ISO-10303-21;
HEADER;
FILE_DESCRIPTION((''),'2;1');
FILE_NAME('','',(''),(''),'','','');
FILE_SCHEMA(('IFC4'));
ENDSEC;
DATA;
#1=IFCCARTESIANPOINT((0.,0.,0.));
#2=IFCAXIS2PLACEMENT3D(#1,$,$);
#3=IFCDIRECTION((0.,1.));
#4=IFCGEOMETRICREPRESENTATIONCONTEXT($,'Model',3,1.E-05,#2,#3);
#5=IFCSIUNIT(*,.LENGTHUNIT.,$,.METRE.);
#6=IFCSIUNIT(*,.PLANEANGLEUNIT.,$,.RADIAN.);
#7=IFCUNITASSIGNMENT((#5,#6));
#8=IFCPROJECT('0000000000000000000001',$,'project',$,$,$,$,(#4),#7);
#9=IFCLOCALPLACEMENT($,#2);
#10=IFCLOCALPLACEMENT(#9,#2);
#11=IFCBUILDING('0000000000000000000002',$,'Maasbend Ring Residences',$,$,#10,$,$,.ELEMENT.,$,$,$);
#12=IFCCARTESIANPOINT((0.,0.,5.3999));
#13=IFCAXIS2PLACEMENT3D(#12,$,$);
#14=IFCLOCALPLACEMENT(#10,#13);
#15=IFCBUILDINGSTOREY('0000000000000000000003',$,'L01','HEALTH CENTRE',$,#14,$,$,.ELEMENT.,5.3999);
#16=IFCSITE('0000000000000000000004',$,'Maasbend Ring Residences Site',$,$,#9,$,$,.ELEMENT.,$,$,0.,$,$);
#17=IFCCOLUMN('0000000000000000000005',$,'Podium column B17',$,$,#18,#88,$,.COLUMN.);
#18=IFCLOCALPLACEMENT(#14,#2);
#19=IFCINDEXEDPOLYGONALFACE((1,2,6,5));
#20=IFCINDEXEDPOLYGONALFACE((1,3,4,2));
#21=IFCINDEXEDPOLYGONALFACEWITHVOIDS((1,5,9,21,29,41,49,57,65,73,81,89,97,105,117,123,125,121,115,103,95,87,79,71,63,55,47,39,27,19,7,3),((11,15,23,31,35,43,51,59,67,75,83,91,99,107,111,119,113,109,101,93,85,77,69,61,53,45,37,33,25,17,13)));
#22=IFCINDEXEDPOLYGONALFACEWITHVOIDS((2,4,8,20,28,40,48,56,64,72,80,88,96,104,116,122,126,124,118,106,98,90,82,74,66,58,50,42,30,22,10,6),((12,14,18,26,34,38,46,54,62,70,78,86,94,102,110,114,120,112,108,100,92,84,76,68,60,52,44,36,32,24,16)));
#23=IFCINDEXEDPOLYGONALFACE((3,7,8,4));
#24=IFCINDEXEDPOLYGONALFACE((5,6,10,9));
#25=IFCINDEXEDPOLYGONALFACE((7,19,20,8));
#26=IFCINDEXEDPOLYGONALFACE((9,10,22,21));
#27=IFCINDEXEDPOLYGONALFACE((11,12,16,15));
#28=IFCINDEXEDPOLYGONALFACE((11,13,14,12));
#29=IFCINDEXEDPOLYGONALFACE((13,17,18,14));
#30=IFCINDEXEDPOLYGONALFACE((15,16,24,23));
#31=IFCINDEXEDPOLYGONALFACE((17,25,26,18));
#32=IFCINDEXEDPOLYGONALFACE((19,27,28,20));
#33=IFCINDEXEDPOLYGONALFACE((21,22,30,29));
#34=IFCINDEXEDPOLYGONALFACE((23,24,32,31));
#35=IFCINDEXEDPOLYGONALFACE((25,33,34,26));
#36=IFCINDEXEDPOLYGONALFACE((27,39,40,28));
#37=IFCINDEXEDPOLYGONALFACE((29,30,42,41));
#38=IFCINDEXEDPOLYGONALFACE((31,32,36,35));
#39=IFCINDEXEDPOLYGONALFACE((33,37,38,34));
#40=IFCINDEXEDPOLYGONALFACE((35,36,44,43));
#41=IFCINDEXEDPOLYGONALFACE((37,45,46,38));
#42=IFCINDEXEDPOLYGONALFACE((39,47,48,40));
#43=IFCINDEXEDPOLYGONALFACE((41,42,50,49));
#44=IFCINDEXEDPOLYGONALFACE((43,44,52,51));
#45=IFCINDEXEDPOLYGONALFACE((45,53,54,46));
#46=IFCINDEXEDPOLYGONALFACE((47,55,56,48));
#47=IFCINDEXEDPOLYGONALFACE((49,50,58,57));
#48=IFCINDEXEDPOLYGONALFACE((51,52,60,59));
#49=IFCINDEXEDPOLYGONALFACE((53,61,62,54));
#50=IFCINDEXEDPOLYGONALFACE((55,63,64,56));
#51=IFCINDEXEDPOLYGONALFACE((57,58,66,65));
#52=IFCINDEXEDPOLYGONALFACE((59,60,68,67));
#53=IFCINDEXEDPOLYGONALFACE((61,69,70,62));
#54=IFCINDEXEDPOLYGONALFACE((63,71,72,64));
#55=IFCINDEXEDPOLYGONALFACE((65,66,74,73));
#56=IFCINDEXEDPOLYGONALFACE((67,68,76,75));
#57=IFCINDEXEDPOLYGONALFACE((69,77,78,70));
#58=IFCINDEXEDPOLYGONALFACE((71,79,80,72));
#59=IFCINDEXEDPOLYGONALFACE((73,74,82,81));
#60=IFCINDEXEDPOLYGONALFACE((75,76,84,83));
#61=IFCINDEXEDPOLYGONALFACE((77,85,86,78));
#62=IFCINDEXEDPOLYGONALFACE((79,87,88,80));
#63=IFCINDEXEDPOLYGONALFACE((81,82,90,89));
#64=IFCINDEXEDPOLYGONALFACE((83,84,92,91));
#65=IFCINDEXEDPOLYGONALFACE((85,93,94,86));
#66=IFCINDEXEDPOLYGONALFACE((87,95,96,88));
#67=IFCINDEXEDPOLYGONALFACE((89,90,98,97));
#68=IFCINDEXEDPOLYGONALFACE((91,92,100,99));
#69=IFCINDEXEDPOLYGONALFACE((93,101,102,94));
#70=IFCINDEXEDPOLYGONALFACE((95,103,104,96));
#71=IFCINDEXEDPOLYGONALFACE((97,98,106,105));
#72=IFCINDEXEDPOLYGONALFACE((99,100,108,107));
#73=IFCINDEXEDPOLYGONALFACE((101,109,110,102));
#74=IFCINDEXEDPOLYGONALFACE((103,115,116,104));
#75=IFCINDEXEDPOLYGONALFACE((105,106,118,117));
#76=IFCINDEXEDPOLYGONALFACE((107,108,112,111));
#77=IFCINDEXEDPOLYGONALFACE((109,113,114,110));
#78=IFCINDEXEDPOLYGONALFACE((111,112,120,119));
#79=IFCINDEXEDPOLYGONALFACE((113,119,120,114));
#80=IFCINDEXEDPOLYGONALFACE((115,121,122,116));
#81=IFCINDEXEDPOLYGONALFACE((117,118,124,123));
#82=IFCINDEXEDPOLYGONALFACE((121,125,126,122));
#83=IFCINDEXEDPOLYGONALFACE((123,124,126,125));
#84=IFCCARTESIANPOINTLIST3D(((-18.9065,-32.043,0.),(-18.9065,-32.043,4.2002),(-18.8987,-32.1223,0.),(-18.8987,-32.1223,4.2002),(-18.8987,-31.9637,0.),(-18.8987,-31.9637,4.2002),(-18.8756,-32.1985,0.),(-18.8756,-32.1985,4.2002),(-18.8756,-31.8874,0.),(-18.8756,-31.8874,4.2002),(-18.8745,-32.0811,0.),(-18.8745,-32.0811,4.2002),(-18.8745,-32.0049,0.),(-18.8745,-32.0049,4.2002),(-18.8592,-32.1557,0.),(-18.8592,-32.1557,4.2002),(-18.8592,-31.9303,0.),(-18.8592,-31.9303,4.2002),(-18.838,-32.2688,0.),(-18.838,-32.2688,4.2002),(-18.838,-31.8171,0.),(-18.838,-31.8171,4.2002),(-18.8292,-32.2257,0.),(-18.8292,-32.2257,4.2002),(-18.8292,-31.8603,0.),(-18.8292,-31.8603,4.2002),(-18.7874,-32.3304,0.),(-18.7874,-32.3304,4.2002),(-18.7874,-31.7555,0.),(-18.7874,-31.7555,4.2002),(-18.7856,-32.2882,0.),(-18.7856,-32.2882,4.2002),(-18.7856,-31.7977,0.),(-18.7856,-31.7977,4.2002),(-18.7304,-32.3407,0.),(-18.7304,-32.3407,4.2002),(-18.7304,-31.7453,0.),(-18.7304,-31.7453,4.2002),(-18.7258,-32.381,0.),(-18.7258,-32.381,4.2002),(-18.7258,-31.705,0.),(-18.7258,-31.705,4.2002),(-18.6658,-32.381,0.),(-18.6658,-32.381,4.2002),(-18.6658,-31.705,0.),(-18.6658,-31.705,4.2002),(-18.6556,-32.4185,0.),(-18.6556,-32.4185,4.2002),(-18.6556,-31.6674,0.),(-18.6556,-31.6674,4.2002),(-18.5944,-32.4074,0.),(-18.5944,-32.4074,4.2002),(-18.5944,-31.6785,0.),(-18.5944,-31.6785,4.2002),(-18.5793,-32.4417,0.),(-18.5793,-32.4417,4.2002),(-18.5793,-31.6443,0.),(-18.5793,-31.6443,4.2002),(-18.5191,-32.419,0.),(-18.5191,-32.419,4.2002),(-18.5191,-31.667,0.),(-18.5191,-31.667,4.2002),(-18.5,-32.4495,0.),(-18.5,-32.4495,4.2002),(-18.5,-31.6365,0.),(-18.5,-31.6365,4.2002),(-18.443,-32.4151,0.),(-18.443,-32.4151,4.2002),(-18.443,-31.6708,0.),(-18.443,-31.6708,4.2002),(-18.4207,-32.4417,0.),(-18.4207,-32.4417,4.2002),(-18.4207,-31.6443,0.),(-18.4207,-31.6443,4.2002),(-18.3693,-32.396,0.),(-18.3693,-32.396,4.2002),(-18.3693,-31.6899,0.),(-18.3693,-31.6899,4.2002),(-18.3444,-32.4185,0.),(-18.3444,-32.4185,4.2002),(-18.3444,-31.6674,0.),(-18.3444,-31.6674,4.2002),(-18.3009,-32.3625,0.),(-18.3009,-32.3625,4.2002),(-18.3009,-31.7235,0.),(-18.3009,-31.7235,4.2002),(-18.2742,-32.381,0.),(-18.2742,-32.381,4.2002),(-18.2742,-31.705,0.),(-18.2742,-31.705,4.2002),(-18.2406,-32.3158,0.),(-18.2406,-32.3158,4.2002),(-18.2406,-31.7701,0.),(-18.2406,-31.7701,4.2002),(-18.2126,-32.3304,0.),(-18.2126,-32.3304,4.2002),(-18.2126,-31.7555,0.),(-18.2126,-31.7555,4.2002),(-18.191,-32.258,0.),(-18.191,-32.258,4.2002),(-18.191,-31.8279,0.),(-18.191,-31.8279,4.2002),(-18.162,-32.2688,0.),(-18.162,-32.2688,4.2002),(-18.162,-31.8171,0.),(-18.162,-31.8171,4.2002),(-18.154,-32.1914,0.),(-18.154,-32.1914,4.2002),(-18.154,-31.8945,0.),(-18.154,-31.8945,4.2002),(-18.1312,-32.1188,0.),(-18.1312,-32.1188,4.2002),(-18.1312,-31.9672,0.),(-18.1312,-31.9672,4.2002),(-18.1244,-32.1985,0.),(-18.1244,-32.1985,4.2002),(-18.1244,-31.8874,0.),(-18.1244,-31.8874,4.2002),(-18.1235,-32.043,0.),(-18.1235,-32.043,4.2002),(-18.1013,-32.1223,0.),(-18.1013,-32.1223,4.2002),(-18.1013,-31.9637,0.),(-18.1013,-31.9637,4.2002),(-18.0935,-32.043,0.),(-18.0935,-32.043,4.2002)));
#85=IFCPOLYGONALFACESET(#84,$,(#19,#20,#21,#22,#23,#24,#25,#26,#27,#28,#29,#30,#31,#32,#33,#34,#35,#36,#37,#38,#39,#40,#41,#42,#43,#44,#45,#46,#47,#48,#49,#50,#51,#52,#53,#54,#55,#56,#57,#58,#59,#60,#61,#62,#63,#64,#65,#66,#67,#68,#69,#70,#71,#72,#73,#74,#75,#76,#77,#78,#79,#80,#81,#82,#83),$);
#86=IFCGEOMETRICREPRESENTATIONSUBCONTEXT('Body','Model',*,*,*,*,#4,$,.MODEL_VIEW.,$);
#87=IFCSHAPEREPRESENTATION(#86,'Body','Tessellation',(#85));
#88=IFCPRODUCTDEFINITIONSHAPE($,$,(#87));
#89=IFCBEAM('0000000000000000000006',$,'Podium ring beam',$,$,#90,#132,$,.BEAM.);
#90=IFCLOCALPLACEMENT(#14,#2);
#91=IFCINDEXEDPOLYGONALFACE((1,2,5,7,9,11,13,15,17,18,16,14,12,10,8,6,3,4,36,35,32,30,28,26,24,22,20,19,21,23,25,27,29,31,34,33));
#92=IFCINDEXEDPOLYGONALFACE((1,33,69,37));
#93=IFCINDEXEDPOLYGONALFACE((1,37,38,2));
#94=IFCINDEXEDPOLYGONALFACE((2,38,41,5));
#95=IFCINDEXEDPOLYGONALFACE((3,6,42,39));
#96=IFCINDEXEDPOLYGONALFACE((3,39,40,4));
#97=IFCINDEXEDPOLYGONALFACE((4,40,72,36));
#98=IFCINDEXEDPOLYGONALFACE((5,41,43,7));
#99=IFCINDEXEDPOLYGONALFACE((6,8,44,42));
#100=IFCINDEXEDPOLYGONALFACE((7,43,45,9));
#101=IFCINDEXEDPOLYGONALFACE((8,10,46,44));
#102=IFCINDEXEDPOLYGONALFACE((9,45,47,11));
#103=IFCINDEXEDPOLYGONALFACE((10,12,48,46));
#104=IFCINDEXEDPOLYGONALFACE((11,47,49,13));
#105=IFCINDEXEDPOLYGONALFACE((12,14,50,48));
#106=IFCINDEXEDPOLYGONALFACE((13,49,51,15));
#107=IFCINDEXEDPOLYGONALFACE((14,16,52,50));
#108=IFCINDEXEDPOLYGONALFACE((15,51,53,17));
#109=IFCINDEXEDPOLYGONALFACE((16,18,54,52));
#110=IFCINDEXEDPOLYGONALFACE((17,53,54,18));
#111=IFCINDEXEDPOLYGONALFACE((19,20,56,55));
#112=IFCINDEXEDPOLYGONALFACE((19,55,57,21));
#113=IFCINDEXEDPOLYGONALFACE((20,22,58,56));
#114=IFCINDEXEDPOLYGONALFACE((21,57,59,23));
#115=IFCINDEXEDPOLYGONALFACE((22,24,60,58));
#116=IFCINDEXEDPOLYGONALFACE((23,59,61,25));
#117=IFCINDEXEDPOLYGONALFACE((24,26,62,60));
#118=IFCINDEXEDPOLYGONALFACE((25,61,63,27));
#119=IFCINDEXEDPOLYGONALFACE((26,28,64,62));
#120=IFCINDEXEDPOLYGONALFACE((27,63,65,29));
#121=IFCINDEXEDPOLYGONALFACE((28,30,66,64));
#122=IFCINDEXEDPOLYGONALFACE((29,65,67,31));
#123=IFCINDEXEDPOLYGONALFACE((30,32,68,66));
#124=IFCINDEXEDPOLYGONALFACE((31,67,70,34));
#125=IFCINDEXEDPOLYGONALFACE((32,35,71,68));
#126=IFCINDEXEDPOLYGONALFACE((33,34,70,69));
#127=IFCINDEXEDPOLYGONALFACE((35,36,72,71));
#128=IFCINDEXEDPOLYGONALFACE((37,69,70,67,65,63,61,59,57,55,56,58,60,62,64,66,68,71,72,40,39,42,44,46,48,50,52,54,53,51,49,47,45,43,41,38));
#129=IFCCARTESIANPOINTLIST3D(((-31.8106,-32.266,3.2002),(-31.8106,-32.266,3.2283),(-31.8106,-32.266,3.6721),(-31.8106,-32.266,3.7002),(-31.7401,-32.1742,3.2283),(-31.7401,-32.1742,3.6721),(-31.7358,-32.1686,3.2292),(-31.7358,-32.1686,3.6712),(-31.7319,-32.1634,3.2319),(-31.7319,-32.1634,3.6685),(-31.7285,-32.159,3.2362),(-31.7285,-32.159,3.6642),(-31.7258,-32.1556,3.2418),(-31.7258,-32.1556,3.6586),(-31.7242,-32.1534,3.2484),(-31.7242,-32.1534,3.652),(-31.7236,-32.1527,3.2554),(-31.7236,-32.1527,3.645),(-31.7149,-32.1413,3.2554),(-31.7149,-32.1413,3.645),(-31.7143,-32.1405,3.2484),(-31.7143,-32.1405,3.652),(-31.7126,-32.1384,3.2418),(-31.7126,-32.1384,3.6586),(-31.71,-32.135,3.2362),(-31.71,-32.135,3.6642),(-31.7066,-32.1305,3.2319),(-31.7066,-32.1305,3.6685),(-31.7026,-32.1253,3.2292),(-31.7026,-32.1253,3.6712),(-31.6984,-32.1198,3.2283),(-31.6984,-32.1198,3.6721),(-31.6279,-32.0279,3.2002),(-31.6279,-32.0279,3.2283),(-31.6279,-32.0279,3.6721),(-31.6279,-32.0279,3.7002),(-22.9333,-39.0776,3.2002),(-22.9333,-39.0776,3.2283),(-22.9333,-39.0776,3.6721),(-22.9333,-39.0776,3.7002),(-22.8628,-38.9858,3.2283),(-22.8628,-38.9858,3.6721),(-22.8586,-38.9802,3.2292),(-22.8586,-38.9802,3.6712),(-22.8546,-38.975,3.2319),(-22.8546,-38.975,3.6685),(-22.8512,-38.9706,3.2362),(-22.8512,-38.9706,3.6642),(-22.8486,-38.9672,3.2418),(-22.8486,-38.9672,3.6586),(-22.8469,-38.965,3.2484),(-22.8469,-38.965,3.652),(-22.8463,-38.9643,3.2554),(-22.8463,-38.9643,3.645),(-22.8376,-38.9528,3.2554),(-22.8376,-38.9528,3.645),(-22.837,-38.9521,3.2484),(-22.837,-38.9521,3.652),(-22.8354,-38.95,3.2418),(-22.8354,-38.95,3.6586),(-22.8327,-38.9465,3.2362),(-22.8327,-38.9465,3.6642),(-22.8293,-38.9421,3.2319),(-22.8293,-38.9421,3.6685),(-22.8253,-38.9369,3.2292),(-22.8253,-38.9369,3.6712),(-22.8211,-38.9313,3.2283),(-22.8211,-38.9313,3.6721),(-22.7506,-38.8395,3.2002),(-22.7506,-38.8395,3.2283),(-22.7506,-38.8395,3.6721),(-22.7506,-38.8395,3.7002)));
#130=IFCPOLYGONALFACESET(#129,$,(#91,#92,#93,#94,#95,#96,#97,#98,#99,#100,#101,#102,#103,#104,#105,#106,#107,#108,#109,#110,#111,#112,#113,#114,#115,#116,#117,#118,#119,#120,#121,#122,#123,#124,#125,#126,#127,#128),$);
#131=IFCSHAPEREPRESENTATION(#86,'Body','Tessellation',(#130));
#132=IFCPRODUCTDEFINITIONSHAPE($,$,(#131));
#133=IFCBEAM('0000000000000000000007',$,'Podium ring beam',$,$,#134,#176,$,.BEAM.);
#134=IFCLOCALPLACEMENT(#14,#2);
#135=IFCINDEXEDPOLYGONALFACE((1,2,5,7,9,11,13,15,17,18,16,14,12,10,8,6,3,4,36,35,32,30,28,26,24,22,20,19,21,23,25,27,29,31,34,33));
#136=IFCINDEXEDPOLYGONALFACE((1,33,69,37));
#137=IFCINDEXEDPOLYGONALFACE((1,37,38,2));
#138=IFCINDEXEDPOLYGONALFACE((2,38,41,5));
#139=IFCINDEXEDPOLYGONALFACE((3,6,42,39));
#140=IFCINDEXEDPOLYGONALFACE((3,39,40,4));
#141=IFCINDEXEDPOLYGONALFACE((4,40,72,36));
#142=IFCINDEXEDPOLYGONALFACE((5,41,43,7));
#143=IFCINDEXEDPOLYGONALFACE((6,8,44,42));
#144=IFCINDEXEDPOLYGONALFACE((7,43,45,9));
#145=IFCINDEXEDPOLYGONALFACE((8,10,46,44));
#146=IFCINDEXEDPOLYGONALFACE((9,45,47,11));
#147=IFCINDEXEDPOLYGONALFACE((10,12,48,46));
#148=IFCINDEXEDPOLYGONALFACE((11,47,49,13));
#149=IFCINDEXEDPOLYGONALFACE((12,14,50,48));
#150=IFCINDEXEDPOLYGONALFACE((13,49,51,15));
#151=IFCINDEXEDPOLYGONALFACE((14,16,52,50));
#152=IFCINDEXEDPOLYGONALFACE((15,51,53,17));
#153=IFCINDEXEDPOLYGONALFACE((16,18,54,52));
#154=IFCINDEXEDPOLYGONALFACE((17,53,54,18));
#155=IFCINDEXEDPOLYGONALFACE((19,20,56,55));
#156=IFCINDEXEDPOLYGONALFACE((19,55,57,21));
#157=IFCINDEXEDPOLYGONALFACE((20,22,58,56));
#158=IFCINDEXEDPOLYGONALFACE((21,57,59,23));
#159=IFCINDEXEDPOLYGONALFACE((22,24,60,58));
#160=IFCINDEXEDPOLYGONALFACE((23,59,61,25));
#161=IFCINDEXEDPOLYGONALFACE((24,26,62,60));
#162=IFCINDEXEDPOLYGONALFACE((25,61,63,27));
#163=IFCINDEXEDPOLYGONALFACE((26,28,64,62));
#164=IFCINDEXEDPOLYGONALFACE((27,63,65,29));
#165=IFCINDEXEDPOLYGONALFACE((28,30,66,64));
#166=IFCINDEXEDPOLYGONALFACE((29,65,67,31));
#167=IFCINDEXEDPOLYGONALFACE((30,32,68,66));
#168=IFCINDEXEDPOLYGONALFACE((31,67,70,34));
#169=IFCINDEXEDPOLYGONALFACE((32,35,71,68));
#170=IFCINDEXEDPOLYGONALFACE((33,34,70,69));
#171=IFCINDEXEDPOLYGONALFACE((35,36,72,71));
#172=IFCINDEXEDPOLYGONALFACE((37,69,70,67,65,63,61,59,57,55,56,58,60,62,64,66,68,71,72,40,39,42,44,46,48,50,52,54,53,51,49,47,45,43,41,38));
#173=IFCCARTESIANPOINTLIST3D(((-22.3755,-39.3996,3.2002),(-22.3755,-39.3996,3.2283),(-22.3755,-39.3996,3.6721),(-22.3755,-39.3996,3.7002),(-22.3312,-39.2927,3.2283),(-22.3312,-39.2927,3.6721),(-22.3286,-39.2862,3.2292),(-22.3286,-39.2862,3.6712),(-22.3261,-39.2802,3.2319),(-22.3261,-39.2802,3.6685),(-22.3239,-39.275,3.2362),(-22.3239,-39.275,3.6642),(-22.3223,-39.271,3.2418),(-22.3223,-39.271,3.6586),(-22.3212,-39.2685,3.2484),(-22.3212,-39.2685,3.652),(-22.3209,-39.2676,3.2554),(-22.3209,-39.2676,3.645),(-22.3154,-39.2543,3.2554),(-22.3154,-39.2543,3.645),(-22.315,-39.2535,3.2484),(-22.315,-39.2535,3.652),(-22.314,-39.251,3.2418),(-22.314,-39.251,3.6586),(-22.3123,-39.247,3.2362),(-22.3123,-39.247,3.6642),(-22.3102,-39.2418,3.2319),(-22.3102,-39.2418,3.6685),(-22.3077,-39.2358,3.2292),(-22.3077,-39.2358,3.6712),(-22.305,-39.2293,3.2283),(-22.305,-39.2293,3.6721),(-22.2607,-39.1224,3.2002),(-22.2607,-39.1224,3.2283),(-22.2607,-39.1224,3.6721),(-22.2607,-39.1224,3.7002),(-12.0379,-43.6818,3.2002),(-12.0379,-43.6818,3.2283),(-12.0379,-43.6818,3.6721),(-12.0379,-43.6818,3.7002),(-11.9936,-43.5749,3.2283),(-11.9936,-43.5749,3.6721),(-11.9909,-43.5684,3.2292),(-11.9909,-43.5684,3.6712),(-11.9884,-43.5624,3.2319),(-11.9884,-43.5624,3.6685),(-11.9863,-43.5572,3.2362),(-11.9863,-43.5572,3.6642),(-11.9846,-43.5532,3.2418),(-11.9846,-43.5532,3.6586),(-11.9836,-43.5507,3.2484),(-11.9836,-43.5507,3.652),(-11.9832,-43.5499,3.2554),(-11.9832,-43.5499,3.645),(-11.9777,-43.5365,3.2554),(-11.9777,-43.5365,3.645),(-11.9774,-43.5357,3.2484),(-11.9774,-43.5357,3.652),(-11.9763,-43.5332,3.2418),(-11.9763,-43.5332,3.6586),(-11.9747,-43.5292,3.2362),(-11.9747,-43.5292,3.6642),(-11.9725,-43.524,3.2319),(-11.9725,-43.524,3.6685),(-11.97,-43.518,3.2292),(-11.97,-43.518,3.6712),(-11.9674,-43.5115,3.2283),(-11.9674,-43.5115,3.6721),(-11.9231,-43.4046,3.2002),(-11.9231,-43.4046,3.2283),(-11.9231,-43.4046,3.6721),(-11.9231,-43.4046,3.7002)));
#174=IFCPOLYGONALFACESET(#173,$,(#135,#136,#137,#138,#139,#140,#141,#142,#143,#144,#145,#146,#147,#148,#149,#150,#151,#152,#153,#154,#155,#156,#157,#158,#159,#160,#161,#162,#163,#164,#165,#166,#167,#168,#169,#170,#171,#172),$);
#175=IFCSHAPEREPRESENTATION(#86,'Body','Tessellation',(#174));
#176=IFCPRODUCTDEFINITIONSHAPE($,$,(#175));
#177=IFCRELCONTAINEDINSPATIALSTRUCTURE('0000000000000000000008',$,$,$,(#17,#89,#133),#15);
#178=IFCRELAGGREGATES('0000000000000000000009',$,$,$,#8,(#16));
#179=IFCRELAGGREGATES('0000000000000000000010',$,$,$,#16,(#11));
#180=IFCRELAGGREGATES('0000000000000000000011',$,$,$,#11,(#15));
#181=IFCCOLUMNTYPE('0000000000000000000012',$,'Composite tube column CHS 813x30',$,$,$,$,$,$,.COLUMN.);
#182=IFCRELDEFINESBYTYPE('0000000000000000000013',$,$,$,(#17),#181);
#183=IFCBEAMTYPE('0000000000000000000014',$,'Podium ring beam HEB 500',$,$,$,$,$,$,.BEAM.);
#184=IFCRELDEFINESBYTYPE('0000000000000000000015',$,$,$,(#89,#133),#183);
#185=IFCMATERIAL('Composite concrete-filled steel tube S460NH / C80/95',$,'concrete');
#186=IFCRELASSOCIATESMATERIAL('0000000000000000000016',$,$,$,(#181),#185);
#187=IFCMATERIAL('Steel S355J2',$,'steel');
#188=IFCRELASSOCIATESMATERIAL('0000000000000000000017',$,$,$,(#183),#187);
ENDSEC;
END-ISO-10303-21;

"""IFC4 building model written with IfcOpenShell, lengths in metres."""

from ifc_helpers import new_model, si_unit, direction, frame, origin, origin_2d, place, context, subcontext, project, spatial, hollow_circle, i_section, extrude, material, material_profile, profile_set, type_object, element, save


model = new_model("IFC4")

# Units and contexts
model_context = context("Model", 3, precision=1e-05, world=origin(), true_north=direction((0.0, 1.0)))
body_context = subcontext(model_context, "Body", "Model", "MODEL_VIEW")
ifc_project = project(units=[si_unit("LENGTHUNIT", "METRE"), si_unit("PLANEANGLEUNIT", "RADIAN")], contexts=[model_context])

# Site, building, storey
site_placement = place(None, origin())
site = spatial("IfcSite", under=ifc_project, at=site_placement, Name="Maasbend Ring Residences Site", CompositionType="ELEMENT", RefElevation=0.0)
building_placement = place(site_placement, origin())
building = spatial("IfcBuilding", under=site, at=building_placement, Name="Maasbend Ring Residences", CompositionType="ELEMENT")
storey_placement = place(building_placement, frame((0.0, 0.0, 5.3999)))
storey = spatial("IfcBuildingStorey", under=building, at=storey_placement, Name="L01", Description="HEALTH CENTRE", CompositionType="ELEMENT", Elevation=5.3999)

# Column
ifc_material_1 = material(Name="Composite concrete-filled steel tube S460NH / C80/95", Category="concrete")
ifc_material_profile_1 = material_profile(ifc_material_1, hollow_circle(Radius=0.4065, WallThickness=0.03, at=origin_2d()), Name="Composite tube column CHS 813x30")
ifc_profile_set_1 = profile_set([ifc_material_profile_1], Name="Composite concrete-filled steel tube S460NH / C80/95")
column_type_1 = type_object("IfcColumnType", Name="Composite tube column CHS 813x30", PredefinedType="COLUMN", material=ifc_profile_set_1)
column_placement = place(storey_placement, frame((-18.5, -32.043, 0.0), z_axis=(0.0, 0.0, 1.0), x_axis=(1.0, 0.0, 0.0)))
element("IfcColumn", 1, at=column_placement, inside=storey, type_object=column_type_1, Name="Podium column B17", PredefinedType="COLUMN", context=body_context, shape_type="SweptSolid", body=[
    extrude(hollow_circle(Radius=0.4065, WallThickness=0.03, at=origin_2d()), origin(), (0.0, 0.0, 1.0), 4.2002),
])

# Beams
ifc_material_2 = material(Name="Steel S355J2", Category="steel")
ifc_material_profile_2 = material_profile(ifc_material_2, i_section(OverallWidth=0.3, OverallDepth=0.5, WebThickness=0.0144, FlangeThickness=0.0281, FilletRadius=0.0271, at=origin_2d()), Name="HEB 500")
ifc_profile_set_2 = profile_set([ifc_material_profile_2], Name="Steel S355J2")
beam_type_1 = type_object("IfcBeamType", Name="Podium ring beam HEB 500", PredefinedType="BEAM", material=ifc_profile_set_2)
for number, where, z_axis, x_axis, name in (
    (2, (-31.7192, -32.147, 3.4502), (0.793362, -0.608751, 0.0), (0.608751, 0.793362, 0.0), "Podium ring beam"),
    (3, (-22.3181, -39.261, 3.4502), (0.923872, -0.382701, 0.0), (0.382701, 0.923872, 0.0), "Podium ring beam"),
):
    element("IfcBeam", number, at=place(storey_placement, frame(where, z_axis=z_axis, x_axis=x_axis)), inside=storey, type_object=beam_type_1, Name=name, PredefinedType="BEAM", context=body_context, shape_type="SweptSolid", body=[
        extrude(i_section(OverallWidth=0.3, OverallDepth=0.5, WebThickness=0.0144, FlangeThickness=0.0281, FilletRadius=0.0271, at=origin_2d()), origin(), (0.0, 0.0, 1.0), 11.1895),
    ])

save(model, "model.ifc")
